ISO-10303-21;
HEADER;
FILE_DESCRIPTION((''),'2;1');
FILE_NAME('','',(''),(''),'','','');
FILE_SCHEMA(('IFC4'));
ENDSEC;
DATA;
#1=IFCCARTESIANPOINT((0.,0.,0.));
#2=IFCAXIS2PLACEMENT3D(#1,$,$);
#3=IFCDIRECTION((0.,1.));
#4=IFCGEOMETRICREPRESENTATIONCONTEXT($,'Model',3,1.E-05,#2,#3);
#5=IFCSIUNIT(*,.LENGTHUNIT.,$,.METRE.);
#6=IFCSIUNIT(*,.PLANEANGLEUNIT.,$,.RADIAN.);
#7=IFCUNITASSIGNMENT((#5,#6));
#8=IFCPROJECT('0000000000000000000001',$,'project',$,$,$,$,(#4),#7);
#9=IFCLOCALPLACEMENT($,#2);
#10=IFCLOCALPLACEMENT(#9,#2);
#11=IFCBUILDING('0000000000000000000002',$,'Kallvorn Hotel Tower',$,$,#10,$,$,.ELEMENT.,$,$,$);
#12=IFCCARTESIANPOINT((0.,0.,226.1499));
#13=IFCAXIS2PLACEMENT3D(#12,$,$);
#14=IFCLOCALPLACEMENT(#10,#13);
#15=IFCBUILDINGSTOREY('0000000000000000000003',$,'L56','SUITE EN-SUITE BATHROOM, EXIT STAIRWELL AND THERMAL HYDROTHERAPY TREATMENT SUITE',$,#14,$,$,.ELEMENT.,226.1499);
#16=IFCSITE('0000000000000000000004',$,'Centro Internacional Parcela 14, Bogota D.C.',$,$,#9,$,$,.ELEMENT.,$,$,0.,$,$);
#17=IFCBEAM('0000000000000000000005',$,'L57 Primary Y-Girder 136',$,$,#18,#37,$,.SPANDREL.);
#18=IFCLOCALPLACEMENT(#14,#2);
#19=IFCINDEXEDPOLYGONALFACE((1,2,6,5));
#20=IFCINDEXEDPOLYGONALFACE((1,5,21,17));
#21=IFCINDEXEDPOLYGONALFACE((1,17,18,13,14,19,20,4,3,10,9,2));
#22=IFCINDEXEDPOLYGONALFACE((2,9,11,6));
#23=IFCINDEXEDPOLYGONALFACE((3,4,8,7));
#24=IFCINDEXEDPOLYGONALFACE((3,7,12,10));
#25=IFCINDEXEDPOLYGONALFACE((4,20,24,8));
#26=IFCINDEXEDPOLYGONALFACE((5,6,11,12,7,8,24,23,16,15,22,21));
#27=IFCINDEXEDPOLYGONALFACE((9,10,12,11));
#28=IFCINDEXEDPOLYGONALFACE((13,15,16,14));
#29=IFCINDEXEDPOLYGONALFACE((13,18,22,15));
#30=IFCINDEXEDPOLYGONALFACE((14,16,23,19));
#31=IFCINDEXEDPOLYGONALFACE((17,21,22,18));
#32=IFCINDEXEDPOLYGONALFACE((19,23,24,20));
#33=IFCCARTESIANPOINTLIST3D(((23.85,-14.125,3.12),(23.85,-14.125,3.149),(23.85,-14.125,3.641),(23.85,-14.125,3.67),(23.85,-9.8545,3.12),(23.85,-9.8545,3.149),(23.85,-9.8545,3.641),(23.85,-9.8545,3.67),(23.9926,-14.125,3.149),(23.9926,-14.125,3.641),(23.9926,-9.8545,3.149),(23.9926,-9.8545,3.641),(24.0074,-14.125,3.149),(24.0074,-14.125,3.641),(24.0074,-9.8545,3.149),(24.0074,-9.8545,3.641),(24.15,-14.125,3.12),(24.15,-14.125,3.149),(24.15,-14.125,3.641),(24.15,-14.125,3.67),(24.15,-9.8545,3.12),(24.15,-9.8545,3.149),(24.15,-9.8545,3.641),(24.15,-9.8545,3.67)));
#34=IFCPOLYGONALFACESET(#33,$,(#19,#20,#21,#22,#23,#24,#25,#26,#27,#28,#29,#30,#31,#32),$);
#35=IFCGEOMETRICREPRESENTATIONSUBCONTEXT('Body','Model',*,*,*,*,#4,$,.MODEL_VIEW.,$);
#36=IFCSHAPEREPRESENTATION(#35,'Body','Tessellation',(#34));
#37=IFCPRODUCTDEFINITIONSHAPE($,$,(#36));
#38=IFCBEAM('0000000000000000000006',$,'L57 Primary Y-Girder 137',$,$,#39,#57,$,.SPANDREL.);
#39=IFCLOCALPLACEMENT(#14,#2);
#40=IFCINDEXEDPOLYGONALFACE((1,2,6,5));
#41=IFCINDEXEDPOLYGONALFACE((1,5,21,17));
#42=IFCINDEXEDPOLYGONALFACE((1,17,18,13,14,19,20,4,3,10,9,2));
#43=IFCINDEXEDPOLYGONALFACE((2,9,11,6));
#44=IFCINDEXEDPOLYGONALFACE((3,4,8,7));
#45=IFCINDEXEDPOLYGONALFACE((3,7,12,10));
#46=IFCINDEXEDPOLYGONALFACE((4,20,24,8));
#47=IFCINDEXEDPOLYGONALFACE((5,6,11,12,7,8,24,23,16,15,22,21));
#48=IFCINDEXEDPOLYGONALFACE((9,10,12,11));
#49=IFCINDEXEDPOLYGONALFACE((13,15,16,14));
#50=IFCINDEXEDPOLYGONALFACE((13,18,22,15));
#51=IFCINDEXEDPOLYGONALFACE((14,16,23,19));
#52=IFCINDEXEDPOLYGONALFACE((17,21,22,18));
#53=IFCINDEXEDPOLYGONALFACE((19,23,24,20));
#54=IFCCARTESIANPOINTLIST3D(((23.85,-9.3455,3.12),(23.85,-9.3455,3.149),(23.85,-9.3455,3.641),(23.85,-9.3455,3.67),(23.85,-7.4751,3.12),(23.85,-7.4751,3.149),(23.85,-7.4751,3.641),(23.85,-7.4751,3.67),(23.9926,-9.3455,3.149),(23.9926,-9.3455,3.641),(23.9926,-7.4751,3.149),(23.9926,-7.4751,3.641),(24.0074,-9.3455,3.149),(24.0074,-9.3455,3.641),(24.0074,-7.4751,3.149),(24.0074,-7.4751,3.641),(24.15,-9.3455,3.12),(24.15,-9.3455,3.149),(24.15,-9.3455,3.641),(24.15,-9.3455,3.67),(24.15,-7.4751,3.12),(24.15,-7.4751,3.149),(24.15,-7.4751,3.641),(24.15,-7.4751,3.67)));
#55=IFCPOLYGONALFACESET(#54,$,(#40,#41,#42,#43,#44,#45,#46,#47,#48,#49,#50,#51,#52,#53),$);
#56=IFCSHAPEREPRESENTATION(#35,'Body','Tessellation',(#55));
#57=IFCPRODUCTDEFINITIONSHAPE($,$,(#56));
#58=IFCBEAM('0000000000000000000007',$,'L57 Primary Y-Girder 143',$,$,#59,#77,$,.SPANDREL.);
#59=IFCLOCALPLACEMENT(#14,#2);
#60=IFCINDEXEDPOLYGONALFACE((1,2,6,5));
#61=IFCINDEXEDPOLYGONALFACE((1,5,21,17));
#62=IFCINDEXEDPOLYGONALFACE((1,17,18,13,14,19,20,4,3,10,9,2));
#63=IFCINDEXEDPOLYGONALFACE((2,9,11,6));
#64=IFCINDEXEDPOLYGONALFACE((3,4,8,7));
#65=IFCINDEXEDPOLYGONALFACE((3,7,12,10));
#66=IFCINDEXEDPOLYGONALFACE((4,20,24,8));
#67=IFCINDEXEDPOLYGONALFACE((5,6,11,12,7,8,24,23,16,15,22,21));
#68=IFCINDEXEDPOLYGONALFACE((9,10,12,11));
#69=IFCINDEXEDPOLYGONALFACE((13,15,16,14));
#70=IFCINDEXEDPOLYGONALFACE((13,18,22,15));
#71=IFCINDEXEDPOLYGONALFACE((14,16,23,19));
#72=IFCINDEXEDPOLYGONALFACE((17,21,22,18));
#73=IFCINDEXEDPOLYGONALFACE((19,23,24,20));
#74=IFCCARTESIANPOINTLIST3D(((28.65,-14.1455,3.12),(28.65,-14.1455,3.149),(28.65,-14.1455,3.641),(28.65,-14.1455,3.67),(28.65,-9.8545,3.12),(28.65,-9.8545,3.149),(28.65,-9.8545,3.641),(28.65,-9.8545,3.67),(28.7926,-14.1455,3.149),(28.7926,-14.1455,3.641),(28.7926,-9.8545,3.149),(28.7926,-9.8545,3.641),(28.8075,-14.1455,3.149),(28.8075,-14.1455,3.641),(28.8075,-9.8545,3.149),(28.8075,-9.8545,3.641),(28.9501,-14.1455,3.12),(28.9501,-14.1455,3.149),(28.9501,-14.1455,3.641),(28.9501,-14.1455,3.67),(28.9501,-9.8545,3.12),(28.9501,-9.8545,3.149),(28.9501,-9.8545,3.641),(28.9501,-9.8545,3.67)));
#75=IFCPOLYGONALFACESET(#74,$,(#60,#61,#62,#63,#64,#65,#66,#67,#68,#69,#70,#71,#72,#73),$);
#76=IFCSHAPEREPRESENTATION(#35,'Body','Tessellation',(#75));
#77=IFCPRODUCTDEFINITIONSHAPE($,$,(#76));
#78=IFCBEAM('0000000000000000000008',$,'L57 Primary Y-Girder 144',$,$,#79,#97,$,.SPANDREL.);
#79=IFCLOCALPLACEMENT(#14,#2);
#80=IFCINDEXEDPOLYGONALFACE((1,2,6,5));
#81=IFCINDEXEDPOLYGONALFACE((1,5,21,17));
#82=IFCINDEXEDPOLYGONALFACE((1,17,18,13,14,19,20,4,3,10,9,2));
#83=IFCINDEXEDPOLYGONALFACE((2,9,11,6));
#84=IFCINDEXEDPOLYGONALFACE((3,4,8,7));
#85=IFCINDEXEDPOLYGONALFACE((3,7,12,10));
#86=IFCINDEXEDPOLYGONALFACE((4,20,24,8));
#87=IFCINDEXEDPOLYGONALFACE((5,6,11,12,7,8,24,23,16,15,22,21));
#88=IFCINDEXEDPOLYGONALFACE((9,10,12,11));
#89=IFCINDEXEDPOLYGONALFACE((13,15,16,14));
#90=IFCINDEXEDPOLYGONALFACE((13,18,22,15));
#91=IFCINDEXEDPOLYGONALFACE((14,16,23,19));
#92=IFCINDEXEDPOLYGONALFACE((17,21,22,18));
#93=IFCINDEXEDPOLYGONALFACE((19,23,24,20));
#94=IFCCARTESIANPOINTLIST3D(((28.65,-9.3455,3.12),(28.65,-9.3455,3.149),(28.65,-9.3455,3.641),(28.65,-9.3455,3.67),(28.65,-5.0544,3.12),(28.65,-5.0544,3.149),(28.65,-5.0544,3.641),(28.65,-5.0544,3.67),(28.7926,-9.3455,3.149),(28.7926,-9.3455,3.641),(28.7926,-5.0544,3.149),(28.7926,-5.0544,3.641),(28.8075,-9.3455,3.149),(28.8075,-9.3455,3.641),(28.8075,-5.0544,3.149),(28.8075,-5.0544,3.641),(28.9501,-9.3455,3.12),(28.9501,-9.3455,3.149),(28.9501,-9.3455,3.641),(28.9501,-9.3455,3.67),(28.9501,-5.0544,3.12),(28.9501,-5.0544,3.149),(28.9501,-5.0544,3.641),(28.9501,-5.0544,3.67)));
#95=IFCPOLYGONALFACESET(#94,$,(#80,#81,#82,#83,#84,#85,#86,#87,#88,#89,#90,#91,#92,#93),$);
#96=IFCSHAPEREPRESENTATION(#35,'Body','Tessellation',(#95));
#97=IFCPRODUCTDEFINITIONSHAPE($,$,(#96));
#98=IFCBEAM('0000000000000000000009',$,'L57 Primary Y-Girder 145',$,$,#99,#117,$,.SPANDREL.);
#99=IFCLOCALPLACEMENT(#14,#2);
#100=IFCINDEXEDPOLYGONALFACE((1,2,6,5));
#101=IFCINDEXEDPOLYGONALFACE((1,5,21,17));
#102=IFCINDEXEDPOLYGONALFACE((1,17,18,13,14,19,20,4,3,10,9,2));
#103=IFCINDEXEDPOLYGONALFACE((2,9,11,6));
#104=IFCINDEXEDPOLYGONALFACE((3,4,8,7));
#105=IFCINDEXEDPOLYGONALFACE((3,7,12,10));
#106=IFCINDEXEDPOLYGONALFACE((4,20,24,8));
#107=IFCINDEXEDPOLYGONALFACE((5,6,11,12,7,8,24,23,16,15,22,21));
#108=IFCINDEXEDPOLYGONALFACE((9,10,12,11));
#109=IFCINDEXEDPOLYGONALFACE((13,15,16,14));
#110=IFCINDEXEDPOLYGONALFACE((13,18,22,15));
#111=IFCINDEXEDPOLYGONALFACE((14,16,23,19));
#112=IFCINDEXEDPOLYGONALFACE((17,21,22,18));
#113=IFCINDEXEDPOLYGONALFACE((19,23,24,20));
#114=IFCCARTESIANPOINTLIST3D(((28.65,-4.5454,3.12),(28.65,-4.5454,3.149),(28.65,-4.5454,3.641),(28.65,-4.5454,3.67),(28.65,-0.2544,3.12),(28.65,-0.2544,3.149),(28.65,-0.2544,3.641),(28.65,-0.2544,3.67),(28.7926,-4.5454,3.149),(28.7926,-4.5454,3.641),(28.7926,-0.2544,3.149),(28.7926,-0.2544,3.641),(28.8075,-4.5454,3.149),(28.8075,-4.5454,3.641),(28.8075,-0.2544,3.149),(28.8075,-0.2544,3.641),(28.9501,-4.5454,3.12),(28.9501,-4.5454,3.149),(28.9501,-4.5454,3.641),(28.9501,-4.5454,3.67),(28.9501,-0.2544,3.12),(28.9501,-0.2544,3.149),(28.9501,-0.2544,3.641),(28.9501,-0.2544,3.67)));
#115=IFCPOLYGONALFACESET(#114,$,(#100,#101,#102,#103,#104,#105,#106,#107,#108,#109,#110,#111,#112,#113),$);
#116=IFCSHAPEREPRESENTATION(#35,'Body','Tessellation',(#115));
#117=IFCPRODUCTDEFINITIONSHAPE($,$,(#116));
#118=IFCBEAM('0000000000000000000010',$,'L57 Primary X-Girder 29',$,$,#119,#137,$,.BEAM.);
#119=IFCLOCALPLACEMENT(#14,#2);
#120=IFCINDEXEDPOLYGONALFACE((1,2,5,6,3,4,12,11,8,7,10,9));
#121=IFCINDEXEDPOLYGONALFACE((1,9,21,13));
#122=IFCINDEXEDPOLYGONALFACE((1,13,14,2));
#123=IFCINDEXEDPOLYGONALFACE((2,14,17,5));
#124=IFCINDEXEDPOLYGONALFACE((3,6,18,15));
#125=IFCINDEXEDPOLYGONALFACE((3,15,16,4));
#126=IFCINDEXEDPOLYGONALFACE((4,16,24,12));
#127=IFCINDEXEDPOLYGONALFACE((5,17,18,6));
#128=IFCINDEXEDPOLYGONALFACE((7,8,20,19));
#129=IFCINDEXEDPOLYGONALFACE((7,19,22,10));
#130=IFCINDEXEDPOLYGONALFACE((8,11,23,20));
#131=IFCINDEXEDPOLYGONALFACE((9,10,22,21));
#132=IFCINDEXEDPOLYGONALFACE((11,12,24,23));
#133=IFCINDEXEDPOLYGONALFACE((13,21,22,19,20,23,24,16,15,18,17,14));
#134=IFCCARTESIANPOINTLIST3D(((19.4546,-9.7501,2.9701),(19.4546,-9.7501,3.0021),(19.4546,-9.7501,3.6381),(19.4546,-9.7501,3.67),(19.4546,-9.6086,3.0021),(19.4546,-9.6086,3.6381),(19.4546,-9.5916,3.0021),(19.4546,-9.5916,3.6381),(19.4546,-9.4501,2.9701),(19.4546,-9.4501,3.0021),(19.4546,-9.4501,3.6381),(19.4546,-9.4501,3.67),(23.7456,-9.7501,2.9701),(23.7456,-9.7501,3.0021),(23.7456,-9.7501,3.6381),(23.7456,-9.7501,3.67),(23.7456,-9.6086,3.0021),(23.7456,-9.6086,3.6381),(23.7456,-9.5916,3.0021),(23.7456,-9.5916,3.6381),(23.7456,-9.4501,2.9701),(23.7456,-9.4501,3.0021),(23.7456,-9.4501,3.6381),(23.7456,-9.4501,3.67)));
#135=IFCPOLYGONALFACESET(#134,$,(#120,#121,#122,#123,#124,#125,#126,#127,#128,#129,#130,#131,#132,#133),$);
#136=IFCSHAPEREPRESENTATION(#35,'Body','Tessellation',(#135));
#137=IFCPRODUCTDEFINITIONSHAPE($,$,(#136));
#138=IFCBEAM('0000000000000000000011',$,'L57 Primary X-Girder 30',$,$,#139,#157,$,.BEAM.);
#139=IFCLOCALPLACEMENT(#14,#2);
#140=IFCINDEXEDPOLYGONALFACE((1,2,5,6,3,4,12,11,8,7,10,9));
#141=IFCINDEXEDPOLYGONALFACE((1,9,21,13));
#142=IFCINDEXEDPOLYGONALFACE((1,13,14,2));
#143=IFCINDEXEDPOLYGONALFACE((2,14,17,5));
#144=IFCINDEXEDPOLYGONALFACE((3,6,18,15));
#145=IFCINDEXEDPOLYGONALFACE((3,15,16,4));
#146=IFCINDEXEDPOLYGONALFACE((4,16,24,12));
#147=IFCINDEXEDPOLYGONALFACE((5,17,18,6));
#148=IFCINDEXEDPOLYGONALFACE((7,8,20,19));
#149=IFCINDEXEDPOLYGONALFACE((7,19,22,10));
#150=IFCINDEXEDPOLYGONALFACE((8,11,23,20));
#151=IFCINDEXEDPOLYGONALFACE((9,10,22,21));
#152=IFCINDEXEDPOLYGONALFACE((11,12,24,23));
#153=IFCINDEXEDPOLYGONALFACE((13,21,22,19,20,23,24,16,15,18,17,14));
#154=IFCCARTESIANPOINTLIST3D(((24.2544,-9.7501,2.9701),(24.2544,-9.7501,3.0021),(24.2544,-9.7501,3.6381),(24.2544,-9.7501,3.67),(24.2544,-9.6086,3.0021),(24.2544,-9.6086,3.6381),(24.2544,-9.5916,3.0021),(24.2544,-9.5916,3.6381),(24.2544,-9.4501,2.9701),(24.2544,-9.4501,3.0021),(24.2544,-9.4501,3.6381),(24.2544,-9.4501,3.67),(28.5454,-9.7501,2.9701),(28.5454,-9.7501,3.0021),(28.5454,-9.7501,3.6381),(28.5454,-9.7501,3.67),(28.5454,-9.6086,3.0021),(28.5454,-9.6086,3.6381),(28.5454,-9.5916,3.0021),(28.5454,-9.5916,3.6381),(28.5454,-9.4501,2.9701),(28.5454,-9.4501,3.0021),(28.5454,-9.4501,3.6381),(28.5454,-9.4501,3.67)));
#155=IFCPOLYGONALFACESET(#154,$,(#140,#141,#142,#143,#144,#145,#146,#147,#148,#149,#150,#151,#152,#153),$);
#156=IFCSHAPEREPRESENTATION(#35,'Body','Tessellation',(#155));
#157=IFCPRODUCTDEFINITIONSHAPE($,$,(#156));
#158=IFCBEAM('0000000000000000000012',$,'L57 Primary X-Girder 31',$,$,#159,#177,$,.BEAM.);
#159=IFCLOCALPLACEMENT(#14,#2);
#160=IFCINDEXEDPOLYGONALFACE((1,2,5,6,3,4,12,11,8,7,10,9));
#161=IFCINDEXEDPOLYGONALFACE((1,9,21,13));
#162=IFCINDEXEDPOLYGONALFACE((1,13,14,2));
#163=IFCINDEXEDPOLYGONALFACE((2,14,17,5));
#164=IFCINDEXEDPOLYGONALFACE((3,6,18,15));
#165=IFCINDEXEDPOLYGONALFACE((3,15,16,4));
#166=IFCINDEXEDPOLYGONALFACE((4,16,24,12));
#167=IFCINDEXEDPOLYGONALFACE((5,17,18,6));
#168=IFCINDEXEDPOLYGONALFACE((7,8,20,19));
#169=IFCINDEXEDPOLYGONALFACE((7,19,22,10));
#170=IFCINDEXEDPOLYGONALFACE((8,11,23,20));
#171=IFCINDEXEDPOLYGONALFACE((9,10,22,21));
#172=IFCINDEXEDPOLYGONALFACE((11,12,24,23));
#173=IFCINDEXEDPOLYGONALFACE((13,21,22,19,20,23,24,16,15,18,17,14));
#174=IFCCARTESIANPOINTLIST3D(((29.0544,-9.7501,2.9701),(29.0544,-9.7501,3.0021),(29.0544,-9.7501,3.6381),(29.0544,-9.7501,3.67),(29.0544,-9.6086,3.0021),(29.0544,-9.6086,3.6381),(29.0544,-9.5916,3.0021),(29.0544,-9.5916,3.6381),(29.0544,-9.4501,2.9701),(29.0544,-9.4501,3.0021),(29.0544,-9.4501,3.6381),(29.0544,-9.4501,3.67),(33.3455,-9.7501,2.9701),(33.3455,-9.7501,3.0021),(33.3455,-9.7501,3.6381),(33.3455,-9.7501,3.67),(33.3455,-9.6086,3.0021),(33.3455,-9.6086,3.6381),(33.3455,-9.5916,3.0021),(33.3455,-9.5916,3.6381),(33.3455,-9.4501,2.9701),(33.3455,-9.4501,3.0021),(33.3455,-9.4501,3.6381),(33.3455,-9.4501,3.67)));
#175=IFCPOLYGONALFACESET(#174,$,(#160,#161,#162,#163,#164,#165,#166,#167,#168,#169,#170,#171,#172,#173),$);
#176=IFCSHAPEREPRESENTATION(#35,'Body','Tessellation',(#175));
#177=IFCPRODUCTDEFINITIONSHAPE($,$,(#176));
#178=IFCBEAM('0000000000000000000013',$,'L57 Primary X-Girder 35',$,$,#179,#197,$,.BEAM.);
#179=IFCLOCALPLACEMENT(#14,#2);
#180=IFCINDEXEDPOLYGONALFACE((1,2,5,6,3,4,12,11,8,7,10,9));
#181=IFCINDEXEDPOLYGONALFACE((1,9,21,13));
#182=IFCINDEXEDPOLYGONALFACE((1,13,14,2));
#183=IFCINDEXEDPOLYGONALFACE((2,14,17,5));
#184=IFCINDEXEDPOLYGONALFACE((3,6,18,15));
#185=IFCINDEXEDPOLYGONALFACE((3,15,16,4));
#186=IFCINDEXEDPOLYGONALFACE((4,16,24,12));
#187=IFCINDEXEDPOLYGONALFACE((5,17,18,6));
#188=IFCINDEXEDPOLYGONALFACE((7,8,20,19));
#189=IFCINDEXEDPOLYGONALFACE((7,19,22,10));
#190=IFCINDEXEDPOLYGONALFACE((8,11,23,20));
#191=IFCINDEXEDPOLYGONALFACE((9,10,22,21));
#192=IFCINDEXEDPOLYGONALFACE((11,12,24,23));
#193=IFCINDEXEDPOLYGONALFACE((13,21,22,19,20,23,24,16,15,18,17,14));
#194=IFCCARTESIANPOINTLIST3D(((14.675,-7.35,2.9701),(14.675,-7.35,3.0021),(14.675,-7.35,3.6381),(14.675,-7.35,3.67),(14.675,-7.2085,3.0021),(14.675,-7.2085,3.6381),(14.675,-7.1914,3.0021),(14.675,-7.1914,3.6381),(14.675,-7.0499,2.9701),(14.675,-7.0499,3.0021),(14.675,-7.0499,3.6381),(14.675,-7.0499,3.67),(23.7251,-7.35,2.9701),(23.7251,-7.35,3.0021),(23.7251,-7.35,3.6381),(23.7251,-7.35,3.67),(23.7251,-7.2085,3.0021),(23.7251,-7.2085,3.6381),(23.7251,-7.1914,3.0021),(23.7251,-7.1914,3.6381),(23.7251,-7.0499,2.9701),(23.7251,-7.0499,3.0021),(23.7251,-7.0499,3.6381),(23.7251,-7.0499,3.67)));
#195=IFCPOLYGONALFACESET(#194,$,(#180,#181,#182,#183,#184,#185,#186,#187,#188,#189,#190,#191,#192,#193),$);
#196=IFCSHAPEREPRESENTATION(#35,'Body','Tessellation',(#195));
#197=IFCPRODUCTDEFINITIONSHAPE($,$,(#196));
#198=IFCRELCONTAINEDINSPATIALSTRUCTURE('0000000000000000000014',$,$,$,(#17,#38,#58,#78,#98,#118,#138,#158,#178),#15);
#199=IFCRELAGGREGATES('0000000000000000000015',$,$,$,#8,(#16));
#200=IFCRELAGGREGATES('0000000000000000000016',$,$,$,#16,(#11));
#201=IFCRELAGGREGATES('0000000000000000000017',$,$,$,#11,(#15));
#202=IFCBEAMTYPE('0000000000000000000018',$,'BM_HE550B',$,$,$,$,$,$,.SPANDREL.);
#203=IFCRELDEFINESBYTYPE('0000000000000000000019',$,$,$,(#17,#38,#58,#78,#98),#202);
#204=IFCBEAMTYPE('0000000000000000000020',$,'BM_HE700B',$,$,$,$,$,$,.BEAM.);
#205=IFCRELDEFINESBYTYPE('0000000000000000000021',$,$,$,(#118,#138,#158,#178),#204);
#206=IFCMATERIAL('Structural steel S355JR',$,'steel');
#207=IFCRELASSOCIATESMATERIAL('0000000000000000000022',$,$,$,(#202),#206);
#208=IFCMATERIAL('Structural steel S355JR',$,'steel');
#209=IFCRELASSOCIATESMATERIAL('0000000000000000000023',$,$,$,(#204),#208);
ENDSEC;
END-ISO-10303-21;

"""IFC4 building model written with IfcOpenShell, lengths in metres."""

from ifc_helpers import new_model, si_unit, direction, frame, origin, origin_2d, place, context, subcontext, project, spatial, i_section, extrude, material, material_profile, profile_set, type_object, element, save


model = new_model("IFC4")

# Units and contexts
model_context = context("Model", 3, precision=1e-05, world=origin(), true_north=direction((0.0, 1.0)))
body_context = subcontext(model_context, "Body", "Model", "MODEL_VIEW")
ifc_project = project(units=[si_unit("LENGTHUNIT", "METRE"), si_unit("PLANEANGLEUNIT", "RADIAN")], contexts=[model_context])

# Site, building, storey
site_placement = place(None, origin())
site = spatial("IfcSite", under=ifc_project, at=site_placement, Name="Centro Internacional Parcela 14, Bogota D.C.", CompositionType="ELEMENT", RefElevation=0.0)
building_placement = place(site_placement, origin())
building = spatial("IfcBuilding", under=site, at=building_placement, Name="Kallvorn Hotel Tower", CompositionType="ELEMENT")
storey_placement = place(building_placement, frame((0.0, 0.0, 226.1499)))
storey = spatial("IfcBuildingStorey", under=building, at=storey_placement, Name="L56", Description="SUITE EN-SUITE BATHROOM, EXIT STAIRWELL AND THERMAL HYDROTHERAPY TREATMENT SUITE", CompositionType="ELEMENT", Elevation=226.1499)

# Beams
ifc_material_1 = material(Name="Structural steel S355JR", Category="steel")
ifc_material_profile_1 = material_profile(ifc_material_1, i_section(OverallWidth=0.3, OverallDepth=0.55, WebThickness=0.0149, FlangeThickness=0.0291, at=origin_2d()), Name="HE 550 B")
ifc_profile_set_1 = profile_set([ifc_material_profile_1], Name="Structural steel S355JR")
beam_type_1 = type_object("IfcBeamType", Name="BM_HE550B", PredefinedType="SPANDREL", material=ifc_profile_set_1)
beam_1_placement = place(storey_placement, frame((24.0, -14.125, 3.395), z_axis=(0.0, 1.0, 0.0), x_axis=(-1.0, 0.0, 0.0)))
element("IfcBeam", 1, at=beam_1_placement, inside=storey, type_object=beam_type_1, Name="L57 Primary Y-Girder 136", PredefinedType="SPANDREL", context=body_context, shape_type="SweptSolid", body=[
    extrude(i_section(OverallWidth=0.3, OverallDepth=0.55, WebThickness=0.0149, FlangeThickness=0.0291, at=origin_2d()), origin(), (0.0, 0.0, 1.0), 4.2705),
])
beam_2_placement = place(storey_placement, frame((24.0, -9.3455, 3.395), z_axis=(0.0, 1.0, 0.0), x_axis=(-1.0, 0.0, 0.0)))
element("IfcBeam", 2, at=beam_2_placement, inside=storey, type_object=beam_type_1, Name="L57 Primary Y-Girder 137", PredefinedType="SPANDREL", context=body_context, shape_type="SweptSolid", body=[
    extrude(i_section(OverallWidth=0.3, OverallDepth=0.55, WebThickness=0.0149, FlangeThickness=0.0291, at=origin_2d()), origin(), (0.0, 0.0, 1.0), 1.8704),
])
for number, where, z_axis, x_axis, name in (
    (3, (28.8, -14.1455, 3.395), (0.0, 1.0, 0.0), (-1.0, 0.0, 0.0), "L57 Primary Y-Girder 143"),
    (4, (28.8, -9.3455, 3.395), (0.0, 1.0, 0.0), (-1.0, 0.0, 0.0), "L57 Primary Y-Girder 144"),
    (5, (28.8, -4.5454, 3.395), (0.0, 1.0, 0.0), (-1.0, 0.0, 0.0), "L57 Primary Y-Girder 145"),
):
    element("IfcBeam", number, at=place(storey_placement, frame(where, z_axis=z_axis, x_axis=x_axis)), inside=storey, type_object=beam_type_1, Name=name, PredefinedType="SPANDREL", context=body_context, shape_type="SweptSolid", body=[
        extrude(i_section(OverallWidth=0.3, OverallDepth=0.55, WebThickness=0.0149, FlangeThickness=0.0291, at=origin_2d()), origin(), (0.0, 0.0, 1.0), 4.291),
    ])
ifc_material_2 = material(Name="Structural steel S355JR", Category="steel")
ifc_material_profile_2 = material_profile(ifc_material_2, i_section(OverallWidth=0.3, OverallDepth=0.7, WebThickness=0.0171, FlangeThickness=0.032, at=origin_2d()), Name="HE 700 B")
ifc_profile_set_2 = profile_set([ifc_material_profile_2], Name="Structural steel S355JR")
beam_type_2 = type_object("IfcBeamType", Name="BM_HE700B", PredefinedType="BEAM", material=ifc_profile_set_2)
for number, where, z_axis, x_axis, name in (
    (6, (19.4546, -9.6001, 3.3201), (1.0, 0.0, 0.0), (0.0, 1.0, 0.0), "L57 Primary X-Girder 29"),
    (7, (24.2544, -9.6001, 3.3201), (1.0, 0.0, 0.0), (0.0, 1.0, 0.0), "L57 Primary X-Girder 30"),
    (8, (29.0544, -9.6001, 3.3201), (1.0, 0.0, 0.0), (0.0, 1.0, 0.0), "L57 Primary X-Girder 31"),
):
    element("IfcBeam", number, at=place(storey_placement, frame(where, z_axis=z_axis, x_axis=x_axis)), inside=storey, type_object=beam_type_2, Name=name, PredefinedType="BEAM", context=body_context, shape_type="SweptSolid", body=[
        extrude(i_section(OverallWidth=0.3, OverallDepth=0.7, WebThickness=0.0171, FlangeThickness=0.032, at=origin_2d()), origin(), (0.0, 0.0, 1.0), 4.291),
    ])
beam_3_placement = place(storey_placement, frame((14.675, -7.2, 3.3201), z_axis=(1.0, 0.0, 0.0), x_axis=(0.0, 1.0, 0.0)))
element("IfcBeam", 9, at=beam_3_placement, inside=storey, type_object=beam_type_2, Name="L57 Primary X-Girder 35", PredefinedType="BEAM", context=body_context, shape_type="SweptSolid", body=[
    extrude(i_section(OverallWidth=0.3, OverallDepth=0.7, WebThickness=0.0171, FlangeThickness=0.032, at=origin_2d()), origin(), (0.0, 0.0, 1.0), 9.05),
])

save(model, "model.ifc")
